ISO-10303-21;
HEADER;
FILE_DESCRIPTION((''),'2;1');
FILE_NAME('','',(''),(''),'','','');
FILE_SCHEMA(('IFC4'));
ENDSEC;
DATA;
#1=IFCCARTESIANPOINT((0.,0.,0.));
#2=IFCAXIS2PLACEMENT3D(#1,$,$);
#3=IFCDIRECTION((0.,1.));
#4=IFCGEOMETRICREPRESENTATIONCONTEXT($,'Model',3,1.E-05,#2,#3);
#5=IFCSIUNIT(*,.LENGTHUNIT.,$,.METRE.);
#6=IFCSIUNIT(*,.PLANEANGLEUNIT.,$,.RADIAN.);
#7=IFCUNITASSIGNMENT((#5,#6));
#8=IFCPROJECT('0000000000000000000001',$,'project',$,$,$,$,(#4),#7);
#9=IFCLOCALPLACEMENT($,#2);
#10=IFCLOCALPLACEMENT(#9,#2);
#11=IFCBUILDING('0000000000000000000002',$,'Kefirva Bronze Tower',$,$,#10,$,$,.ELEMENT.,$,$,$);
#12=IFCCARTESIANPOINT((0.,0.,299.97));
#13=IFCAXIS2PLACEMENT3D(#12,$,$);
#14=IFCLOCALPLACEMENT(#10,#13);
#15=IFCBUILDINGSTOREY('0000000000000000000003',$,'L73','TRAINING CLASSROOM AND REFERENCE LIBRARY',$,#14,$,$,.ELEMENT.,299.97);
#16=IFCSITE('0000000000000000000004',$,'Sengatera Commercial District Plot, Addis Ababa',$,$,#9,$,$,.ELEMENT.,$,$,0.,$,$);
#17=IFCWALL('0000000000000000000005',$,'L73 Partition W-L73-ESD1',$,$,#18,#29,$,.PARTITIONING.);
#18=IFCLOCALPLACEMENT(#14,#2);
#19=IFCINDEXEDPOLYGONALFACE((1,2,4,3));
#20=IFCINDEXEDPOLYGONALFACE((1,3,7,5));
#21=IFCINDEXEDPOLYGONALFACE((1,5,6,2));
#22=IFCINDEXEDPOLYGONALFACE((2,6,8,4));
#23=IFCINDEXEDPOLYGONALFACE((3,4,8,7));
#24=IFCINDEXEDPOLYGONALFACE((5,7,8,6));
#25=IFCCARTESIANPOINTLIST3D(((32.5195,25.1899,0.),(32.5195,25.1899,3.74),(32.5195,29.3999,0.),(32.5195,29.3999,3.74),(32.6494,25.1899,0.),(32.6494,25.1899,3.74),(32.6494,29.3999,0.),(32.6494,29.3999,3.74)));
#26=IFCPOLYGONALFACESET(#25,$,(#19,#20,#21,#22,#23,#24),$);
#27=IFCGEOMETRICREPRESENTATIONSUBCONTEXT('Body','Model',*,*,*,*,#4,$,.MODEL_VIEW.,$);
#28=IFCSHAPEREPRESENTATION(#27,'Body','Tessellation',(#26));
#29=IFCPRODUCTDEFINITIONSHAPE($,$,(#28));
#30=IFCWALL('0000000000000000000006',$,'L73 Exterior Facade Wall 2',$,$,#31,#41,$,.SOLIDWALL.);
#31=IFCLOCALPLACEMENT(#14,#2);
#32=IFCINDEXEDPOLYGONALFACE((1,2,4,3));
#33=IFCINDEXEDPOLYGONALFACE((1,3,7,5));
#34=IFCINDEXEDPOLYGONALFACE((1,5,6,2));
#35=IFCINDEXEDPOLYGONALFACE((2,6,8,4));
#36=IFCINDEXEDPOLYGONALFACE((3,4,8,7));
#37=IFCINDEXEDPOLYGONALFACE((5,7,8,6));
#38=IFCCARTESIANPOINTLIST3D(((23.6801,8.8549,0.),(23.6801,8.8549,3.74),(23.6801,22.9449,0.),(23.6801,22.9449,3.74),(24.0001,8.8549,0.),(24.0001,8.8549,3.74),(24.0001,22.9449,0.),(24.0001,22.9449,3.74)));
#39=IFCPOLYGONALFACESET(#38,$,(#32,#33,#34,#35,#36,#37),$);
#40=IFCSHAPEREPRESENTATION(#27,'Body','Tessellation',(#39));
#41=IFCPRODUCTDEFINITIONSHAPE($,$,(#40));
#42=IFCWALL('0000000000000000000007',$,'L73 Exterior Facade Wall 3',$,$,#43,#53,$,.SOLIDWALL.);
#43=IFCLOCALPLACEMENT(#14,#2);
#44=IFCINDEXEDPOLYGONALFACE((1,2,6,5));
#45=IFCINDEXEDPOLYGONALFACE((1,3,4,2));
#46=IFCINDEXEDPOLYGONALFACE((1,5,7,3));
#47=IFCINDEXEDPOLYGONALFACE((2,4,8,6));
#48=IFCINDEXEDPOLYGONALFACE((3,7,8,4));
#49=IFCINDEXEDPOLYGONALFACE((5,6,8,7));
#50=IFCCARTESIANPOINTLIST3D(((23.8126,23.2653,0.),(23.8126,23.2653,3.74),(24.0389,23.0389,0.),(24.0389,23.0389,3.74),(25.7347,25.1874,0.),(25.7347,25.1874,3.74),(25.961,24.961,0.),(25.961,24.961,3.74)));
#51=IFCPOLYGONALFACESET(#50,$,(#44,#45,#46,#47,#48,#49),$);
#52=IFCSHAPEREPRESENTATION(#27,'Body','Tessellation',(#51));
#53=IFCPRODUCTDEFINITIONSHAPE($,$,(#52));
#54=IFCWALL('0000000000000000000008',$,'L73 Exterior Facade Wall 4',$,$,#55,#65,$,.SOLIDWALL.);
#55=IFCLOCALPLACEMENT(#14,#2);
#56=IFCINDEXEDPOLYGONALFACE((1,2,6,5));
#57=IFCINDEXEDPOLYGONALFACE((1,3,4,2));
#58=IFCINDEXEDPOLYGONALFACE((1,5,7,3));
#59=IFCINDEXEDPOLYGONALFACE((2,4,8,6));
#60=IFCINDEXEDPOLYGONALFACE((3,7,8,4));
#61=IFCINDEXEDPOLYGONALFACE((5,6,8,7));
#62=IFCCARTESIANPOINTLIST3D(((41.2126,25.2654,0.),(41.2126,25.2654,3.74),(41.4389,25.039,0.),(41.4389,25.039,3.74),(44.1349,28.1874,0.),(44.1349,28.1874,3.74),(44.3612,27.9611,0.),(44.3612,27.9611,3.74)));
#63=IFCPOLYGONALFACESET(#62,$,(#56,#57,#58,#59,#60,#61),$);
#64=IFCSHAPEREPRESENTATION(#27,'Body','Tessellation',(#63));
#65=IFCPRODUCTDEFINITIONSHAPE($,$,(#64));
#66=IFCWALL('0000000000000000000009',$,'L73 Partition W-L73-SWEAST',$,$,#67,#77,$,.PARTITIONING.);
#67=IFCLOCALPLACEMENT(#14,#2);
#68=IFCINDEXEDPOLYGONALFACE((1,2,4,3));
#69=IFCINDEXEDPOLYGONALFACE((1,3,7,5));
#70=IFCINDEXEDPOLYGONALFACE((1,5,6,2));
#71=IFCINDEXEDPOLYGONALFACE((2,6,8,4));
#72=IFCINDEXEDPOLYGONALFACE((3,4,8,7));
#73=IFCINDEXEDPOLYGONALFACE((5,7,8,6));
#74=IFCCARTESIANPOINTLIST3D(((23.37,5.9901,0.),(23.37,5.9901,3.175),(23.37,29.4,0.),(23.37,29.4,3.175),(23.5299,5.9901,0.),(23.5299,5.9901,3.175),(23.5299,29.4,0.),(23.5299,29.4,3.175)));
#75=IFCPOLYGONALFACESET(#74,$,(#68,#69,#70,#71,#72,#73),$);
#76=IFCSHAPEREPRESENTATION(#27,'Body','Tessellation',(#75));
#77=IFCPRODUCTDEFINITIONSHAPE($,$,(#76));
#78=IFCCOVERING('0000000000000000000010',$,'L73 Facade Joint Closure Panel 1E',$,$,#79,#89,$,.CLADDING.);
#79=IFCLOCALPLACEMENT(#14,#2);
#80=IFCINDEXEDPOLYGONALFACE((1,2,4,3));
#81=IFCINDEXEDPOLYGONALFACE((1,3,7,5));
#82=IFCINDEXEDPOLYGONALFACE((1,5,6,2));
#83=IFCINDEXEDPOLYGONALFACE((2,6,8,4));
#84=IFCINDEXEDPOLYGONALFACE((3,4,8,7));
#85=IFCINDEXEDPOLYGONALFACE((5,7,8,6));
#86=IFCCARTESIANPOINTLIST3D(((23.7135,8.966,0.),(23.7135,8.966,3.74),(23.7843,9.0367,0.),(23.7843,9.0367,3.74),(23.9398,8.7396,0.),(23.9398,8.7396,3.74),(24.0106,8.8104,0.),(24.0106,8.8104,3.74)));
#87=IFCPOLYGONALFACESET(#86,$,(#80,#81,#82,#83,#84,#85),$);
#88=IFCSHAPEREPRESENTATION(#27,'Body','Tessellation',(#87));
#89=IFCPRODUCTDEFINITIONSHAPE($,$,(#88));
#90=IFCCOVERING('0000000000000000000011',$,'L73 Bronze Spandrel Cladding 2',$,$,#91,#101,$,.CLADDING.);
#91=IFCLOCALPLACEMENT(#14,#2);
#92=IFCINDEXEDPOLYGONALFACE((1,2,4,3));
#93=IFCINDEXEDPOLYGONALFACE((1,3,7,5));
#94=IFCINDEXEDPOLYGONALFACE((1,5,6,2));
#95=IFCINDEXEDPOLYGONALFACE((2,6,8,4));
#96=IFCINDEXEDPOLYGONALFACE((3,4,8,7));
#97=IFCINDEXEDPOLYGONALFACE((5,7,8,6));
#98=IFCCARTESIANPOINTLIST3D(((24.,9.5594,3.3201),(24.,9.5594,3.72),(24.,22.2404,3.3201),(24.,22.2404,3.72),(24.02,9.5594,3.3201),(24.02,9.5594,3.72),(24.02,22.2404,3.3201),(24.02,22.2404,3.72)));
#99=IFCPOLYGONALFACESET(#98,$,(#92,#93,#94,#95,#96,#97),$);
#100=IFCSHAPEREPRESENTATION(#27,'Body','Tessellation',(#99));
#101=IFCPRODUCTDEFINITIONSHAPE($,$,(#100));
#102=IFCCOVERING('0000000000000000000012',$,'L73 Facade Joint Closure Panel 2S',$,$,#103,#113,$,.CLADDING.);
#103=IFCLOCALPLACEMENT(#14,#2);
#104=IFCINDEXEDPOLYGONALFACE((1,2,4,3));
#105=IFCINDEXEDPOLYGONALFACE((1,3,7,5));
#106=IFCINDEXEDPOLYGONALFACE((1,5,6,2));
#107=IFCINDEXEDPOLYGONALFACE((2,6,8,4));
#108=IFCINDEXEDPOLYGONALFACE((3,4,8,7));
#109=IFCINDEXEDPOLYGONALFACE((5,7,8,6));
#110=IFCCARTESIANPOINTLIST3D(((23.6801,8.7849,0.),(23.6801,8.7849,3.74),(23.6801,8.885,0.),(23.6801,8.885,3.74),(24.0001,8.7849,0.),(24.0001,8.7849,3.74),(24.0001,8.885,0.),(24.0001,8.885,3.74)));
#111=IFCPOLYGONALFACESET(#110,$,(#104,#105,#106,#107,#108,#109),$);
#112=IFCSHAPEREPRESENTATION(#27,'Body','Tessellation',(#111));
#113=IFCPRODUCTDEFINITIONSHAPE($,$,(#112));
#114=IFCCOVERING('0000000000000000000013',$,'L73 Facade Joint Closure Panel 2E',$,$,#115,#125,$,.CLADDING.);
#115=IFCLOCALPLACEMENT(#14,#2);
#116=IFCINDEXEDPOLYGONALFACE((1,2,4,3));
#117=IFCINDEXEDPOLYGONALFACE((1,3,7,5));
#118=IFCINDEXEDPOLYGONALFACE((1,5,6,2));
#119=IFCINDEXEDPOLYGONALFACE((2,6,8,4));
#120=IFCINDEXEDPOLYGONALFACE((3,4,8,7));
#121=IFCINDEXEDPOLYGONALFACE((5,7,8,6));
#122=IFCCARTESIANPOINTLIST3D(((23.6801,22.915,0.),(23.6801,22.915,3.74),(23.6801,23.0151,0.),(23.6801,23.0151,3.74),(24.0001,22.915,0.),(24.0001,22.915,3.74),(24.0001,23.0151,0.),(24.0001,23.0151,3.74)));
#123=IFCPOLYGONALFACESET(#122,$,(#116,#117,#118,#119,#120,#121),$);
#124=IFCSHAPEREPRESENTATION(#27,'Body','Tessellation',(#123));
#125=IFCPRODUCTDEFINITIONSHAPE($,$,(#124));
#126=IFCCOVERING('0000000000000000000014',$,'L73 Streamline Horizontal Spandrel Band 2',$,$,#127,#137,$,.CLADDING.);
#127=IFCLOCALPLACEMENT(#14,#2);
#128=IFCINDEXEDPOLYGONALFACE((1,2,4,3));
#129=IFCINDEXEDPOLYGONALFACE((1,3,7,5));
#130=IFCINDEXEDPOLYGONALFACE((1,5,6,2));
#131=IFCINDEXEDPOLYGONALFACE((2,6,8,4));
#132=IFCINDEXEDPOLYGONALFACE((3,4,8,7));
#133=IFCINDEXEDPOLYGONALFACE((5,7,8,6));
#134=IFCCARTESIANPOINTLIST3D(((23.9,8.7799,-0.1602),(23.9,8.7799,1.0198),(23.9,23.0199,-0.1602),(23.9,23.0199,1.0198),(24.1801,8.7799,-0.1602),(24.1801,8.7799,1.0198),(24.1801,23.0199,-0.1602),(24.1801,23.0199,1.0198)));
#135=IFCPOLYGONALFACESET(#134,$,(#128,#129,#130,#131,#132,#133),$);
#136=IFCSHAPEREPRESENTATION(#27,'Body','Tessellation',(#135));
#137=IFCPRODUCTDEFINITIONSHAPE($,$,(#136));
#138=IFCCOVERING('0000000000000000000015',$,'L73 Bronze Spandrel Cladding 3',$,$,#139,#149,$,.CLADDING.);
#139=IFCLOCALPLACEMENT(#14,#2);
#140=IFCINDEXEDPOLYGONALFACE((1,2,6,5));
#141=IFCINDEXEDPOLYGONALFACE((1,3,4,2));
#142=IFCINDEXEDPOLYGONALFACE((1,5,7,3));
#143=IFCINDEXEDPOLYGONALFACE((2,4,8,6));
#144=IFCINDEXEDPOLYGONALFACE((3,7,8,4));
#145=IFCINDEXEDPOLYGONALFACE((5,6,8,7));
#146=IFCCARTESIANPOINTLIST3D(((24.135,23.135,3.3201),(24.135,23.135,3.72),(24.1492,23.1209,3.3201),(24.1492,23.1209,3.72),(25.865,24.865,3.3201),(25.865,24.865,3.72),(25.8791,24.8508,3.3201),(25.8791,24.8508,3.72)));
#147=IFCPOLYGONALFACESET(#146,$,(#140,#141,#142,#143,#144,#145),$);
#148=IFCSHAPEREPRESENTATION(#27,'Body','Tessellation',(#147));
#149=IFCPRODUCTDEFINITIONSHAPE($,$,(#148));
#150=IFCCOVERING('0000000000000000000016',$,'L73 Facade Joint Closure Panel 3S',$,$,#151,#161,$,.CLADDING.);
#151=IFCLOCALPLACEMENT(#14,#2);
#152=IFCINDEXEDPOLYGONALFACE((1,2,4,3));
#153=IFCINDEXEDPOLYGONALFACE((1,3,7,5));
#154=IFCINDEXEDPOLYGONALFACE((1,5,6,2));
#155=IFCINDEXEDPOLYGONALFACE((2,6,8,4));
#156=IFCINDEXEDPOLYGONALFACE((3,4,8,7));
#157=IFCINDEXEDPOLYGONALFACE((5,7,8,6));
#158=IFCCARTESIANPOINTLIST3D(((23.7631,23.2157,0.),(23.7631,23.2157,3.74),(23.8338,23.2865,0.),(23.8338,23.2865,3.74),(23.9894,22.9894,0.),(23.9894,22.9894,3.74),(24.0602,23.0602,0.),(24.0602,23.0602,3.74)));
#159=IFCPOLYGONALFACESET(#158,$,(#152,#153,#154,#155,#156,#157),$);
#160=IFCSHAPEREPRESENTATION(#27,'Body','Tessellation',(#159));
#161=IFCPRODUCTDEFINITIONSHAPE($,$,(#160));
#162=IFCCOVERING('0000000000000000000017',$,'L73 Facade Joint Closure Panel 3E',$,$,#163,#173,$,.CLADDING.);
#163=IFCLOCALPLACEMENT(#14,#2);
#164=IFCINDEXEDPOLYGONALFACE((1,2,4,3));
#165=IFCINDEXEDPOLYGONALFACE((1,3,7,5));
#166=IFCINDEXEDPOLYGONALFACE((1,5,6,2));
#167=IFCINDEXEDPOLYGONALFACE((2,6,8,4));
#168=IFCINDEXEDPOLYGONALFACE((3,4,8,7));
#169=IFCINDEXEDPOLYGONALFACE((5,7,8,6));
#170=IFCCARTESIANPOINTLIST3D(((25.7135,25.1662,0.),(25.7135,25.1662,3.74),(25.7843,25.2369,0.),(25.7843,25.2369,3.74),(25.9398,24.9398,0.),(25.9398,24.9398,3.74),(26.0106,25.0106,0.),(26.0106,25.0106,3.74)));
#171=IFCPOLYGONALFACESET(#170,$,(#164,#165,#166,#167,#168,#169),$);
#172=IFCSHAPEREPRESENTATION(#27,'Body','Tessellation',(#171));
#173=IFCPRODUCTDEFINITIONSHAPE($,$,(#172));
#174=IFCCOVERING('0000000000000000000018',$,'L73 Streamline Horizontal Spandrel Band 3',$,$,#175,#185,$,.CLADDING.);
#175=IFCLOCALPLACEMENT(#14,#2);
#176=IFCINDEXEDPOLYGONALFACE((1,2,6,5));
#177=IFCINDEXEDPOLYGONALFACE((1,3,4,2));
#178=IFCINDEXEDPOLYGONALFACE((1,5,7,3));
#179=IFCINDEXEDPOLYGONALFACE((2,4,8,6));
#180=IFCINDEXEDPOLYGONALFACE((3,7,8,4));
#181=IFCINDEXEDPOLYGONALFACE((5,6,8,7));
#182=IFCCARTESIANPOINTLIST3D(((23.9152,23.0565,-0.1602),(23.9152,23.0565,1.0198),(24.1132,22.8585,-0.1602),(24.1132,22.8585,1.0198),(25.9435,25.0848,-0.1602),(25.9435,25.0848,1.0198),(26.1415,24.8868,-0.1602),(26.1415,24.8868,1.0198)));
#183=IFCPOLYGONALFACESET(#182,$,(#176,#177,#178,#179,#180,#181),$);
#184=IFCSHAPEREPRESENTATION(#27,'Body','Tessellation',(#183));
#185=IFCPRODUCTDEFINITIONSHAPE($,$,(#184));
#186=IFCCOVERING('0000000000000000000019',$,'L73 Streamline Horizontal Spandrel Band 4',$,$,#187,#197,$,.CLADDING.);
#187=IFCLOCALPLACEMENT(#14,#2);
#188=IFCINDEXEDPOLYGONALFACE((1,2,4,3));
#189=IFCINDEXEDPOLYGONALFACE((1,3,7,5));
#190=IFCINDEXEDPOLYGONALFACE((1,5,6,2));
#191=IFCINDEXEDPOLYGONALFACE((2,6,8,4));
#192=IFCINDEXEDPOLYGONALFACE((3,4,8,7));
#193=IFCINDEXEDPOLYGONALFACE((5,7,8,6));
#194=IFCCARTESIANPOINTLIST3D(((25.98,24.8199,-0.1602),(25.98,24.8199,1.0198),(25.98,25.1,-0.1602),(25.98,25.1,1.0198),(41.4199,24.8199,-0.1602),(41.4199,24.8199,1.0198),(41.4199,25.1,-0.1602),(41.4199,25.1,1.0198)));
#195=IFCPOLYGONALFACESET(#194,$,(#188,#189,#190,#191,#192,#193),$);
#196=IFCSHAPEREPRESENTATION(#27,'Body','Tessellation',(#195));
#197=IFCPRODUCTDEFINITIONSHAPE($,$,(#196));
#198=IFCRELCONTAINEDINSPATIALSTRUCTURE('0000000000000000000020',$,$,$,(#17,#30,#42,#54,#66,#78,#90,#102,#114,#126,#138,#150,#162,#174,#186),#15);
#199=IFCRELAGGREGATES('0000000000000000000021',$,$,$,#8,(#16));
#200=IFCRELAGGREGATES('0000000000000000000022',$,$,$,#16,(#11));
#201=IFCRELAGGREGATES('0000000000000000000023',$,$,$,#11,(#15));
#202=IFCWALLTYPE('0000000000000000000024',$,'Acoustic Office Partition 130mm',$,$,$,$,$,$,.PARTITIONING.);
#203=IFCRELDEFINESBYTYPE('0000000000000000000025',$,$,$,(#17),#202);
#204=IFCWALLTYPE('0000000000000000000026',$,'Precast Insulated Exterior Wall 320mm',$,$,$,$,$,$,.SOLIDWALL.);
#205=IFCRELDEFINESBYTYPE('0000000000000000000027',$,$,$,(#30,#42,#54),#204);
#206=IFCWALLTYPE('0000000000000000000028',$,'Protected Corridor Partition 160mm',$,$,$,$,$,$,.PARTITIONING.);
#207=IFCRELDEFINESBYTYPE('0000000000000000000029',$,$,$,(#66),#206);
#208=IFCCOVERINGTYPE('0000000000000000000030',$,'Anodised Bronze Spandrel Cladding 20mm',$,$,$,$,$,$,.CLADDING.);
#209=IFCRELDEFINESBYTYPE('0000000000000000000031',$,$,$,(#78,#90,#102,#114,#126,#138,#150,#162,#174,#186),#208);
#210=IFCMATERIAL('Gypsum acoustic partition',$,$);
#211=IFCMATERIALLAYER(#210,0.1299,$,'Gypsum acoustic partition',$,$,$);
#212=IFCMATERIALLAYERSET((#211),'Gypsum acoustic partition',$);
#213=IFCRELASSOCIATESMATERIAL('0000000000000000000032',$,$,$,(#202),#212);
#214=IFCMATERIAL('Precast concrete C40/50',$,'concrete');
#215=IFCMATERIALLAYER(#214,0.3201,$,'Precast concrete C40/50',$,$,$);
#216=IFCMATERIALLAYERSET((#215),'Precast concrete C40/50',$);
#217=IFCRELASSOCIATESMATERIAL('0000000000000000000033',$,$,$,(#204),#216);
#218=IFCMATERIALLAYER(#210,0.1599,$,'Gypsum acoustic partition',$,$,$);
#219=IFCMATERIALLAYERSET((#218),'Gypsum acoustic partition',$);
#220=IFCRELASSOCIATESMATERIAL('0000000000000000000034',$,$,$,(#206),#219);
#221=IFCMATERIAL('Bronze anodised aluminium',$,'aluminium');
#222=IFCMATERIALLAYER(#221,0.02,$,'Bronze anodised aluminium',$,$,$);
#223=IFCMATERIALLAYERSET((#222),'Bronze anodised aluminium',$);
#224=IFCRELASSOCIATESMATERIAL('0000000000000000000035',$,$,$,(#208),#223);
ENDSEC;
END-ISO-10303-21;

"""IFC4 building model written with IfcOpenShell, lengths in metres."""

from ifc_helpers import new_model, si_unit, direction, frame, frame_2d, origin, origin_2d, place, context, subcontext, project, spatial, rectangle, extrude, material, layer, layer_set, type_object, element, save


model = new_model("IFC4")

# Units and contexts
model_context = context("Model", 3, precision=1e-05, world=origin(), true_north=direction((0.0, 1.0)))
body_context = subcontext(model_context, "Body", "Model", "MODEL_VIEW")
ifc_project = project(units=[si_unit("LENGTHUNIT", "METRE"), si_unit("PLANEANGLEUNIT", "RADIAN")], contexts=[model_context])

# Site, building, storey
site_placement = place(None, origin())
site = spatial("IfcSite", under=ifc_project, at=site_placement, Name="Sengatera Commercial District Plot, Addis Ababa", CompositionType="ELEMENT", RefElevation=0.0)
building_placement = place(site_placement, origin())
building = spatial("IfcBuilding", under=site, at=building_placement, Name="Kefirva Bronze Tower", CompositionType="ELEMENT")
storey_placement = place(building_placement, frame((0.0, 0.0, 299.97)))
storey = spatial("IfcBuildingStorey", under=building, at=storey_placement, Name="L73", Description="TRAINING CLASSROOM AND REFERENCE LIBRARY", CompositionType="ELEMENT", Elevation=299.97)

# Shared definitions
ifc_material_1 = material(Name="Bronze anodised aluminium", Category="aluminium")

# Walls
ifc_material_2 = material(Name="Gypsum acoustic partition")
ifc_layer_1 = layer(ifc_material_2, 0.1299, Name="Gypsum acoustic partition")
ifc_layer_set_1 = layer_set([ifc_layer_1], Name="Gypsum acoustic partition")
wall_type_1 = type_object("IfcWallType", Name="Acoustic Office Partition 130mm", PredefinedType="PARTITIONING", material=ifc_layer_set_1)
wall_1_placement = place(storey_placement, frame((32.5845, 25.1899, 0.0), z_axis=(0.0, 0.0, 1.0), x_axis=(0.0, 1.0, 0.0)))
element("IfcWall", 1, at=wall_1_placement, inside=storey, type_object=wall_type_1, Name="L73 Partition W-L73-ESD1", PredefinedType="PARTITIONING", context=body_context, shape_type="SweptSolid", body=[
    extrude(rectangle(XDim=4.21, YDim=0.1299, at=frame_2d((2.105, 0.0))), origin(), (0.0, 0.0, 1.0), 3.74),
])
ifc_material_3 = material(Name="Precast concrete C40/50", Category="concrete")
ifc_layer_2 = layer(ifc_material_3, 0.3201, Name="Precast concrete C40/50")
ifc_layer_set_2 = layer_set([ifc_layer_2], Name="Precast concrete C40/50")
wall_type_2 = type_object("IfcWallType", Name="Precast Insulated Exterior Wall 320mm", PredefinedType="SOLIDWALL", material=ifc_layer_set_2)
wall_2_placement = place(storey_placement, frame((23.8401, 8.855, 0.0), z_axis=(0.0, 0.0, 1.0), x_axis=(0.0, 1.0, 0.0)))
element("IfcWall", 2, at=wall_2_placement, inside=storey, type_object=wall_type_2, Name="L73 Exterior Facade Wall 2", PredefinedType="SOLIDWALL", context=body_context, shape_type="SweptSolid", body=[
    extrude(rectangle(XDim=14.0901, YDim=0.3201, at=frame_2d((7.0449, 0.0))), origin(), (0.0, 0.0, 1.0), 3.74),
])
wall_3_placement = place(storey_placement, frame((23.9258, 23.1521, 0.0), z_axis=(0.0, 0.0, 1.0), x_axis=(0.707107, 0.707107, 0.0)))
element("IfcWall", 3, at=wall_3_placement, inside=storey, type_object=wall_type_2, Name="L73 Exterior Facade Wall 3", PredefinedType="SOLIDWALL", context=body_context, shape_type="SweptSolid", body=[
    extrude(rectangle(XDim=2.7183, YDim=0.3201, at=frame_2d((1.3591, 0.0))), origin(), (0.0, 0.0, 1.0), 3.74),
])
wall_4_placement = place(storey_placement, frame((41.3257, 25.1521, 0.0), z_axis=(0.0, 0.0, 1.0), x_axis=(0.707136, 0.707077, 0.0)))
element("IfcWall", 4, at=wall_4_placement, inside=storey, type_object=wall_type_2, Name="L73 Exterior Facade Wall 4", PredefinedType="SOLIDWALL", context=body_context, shape_type="SweptSolid", body=[
    extrude(rectangle(XDim=4.1326, YDim=0.3201, at=frame_2d((2.0664, 0.0))), origin(), (0.0, 0.0, 1.0), 3.74),
])
ifc_layer_3 = layer(ifc_material_2, 0.1599, Name="Gypsum acoustic partition")
ifc_layer_set_3 = layer_set([ifc_layer_3], Name="Gypsum acoustic partition")
wall_type_3 = type_object("IfcWallType", Name="Protected Corridor Partition 160mm", PredefinedType="PARTITIONING", material=ifc_layer_set_3)
wall_5_placement = place(storey_placement, frame((23.45, 5.99, 0.0), z_axis=(0.0, 0.0, 1.0), x_axis=(0.0, 1.0, 0.0)))
element("IfcWall", 5, at=wall_5_placement, inside=storey, type_object=wall_type_3, Name="L73 Partition W-L73-SWEAST", PredefinedType="PARTITIONING", context=body_context, shape_type="SweptSolid", body=[
    extrude(rectangle(XDim=23.4099, YDim=0.1599, at=frame_2d((11.7051, 0.0))), origin(), (0.0, 0.0, 1.0), 3.175),
])

# Coverings
ifc_layer_4 = layer(ifc_material_1, 0.02, Name="Bronze anodised aluminium")
ifc_layer_set_4 = layer_set([ifc_layer_4], Name="Bronze anodised aluminium")
covering_type_1 = type_object("IfcCoveringType", Name="Anodised Bronze Spandrel Cladding 20mm", PredefinedType="CLADDING", material=ifc_layer_set_4)
covering_1_placement = place(storey_placement, frame((23.8621, 8.8882, 0.0), z_axis=(0.0, 0.0, 1.0), x_axis=(0.707107, 0.707107, 0.0)))
element("IfcCovering", 6, at=covering_1_placement, inside=storey, type_object=covering_type_1, Name="L73 Facade Joint Closure Panel 1E", PredefinedType="CLADDING", context=body_context, shape_type="SweptSolid", body=[
    extrude(rectangle(XDim=0.1001, YDim=0.3201, at=origin_2d()), origin(), (0.0, 0.0, 1.0), 3.74),
])
covering_2_placement = place(storey_placement, frame((24.01, 15.8999, 3.3201), z_axis=(0.0, 0.0, 1.0), x_axis=(0.0, 1.0, 0.0)))
element("IfcCovering", 7, at=covering_2_placement, inside=storey, type_object=covering_type_1, Name="L73 Bronze Spandrel Cladding 2", PredefinedType="CLADDING", context=body_context, shape_type="SweptSolid", body=[
    extrude(rectangle(XDim=12.6809, YDim=0.02, at=origin_2d()), origin(), (0.0, 0.0, 1.0), 0.3999),
])
for number, where, z_axis, x_axis, name in (
    (8, (23.8401, 8.835, 0.0), (0.0, 0.0, 1.0), (0.0, 1.0, 0.0), "L73 Facade Joint Closure Panel 2S"),
    (9, (23.8401, 22.9651, 0.0), (0.0, 0.0, 1.0), (0.0, 1.0, 0.0), "L73 Facade Joint Closure Panel 2E"),
):
    element("IfcCovering", number, at=place(storey_placement, frame(where, z_axis=z_axis, x_axis=x_axis)), inside=storey, type_object=covering_type_1, Name=name, PredefinedType="CLADDING", context=body_context, shape_type="SweptSolid", body=[
        extrude(rectangle(XDim=0.1001, YDim=0.3201, at=origin_2d()), origin(), (0.0, 0.0, 1.0), 3.74),
    ])
covering_3_placement = place(storey_placement, frame((24.04, 15.8999, -0.1602), z_axis=(0.0, 0.0, 1.0), x_axis=(0.0, 1.0, 0.0)))
element("IfcCovering", 10, at=covering_3_placement, inside=storey, type_object=covering_type_1, Name="L73 Streamline Horizontal Spandrel Band 2", PredefinedType="CLADDING", context=body_context, shape_type="SweptSolid", body=[
    extrude(rectangle(XDim=14.24, YDim=0.28, at=origin_2d()), origin(), (0.0, 0.0, 1.0), 1.1799),
])
covering_4_placement = place(storey_placement, frame((25.0071, 23.9929, 3.3201), z_axis=(0.0, 0.0, 1.0), x_axis=(0.707107, 0.707107, 0.0)))
element("IfcCovering", 11, at=covering_4_placement, inside=storey, type_object=covering_type_1, Name="L73 Bronze Spandrel Cladding 3", PredefinedType="CLADDING", context=body_context, shape_type="SweptSolid", body=[
    extrude(rectangle(XDim=2.4465, YDim=0.02, at=origin_2d()), origin(), (0.0, 0.0, 1.0), 0.3999),
])
for number, where, z_axis, x_axis, name in (
    (12, (23.9116, 23.1379, 0.0), (0.0, 0.0, 1.0), (0.707107, 0.707107, 0.0), "L73 Facade Joint Closure Panel 3S"),
    (13, (25.8621, 25.0884, 0.0), (0.0, 0.0, 1.0), (0.707107, 0.707107, 0.0), "L73 Facade Joint Closure Panel 3E"),
):
    element("IfcCovering", number, at=place(storey_placement, frame(where, z_axis=z_axis, x_axis=x_axis)), inside=storey, type_object=covering_type_1, Name=name, PredefinedType="CLADDING", context=body_context, shape_type="SweptSolid", body=[
        extrude(rectangle(XDim=0.1001, YDim=0.3201, at=origin_2d()), origin(), (0.0, 0.0, 1.0), 3.74),
    ])
covering_5_placement = place(storey_placement, frame((25.0283, 23.9717, -0.1602), z_axis=(0.0, 0.0, 1.0), x_axis=(0.707107, 0.707107, 0.0)))
element("IfcCovering", 14, at=covering_5_placement, inside=storey, type_object=covering_type_1, Name="L73 Streamline Horizontal Spandrel Band 3", PredefinedType="CLADDING", context=body_context, shape_type="SweptSolid", body=[
    extrude(rectangle(XDim=2.8684, YDim=0.28, at=origin_2d()), origin(), (0.0, 0.0, 1.0), 1.1799),
])
covering_6_placement = place(storey_placement, frame((33.7, 24.96, -0.1602), z_axis=(0.0, 0.0, 1.0), x_axis=(1.0, 0.0, 0.0)))
element("IfcCovering", 15, at=covering_6_placement, inside=storey, type_object=covering_type_1, Name="L73 Streamline Horizontal Spandrel Band 4", PredefinedType="CLADDING", context=body_context, shape_type="SweptSolid", body=[
    extrude(rectangle(XDim=15.4399, YDim=0.28, at=origin_2d()), origin(), (0.0, 0.0, 1.0), 1.1799),
])

save(model, "model.ifc")
